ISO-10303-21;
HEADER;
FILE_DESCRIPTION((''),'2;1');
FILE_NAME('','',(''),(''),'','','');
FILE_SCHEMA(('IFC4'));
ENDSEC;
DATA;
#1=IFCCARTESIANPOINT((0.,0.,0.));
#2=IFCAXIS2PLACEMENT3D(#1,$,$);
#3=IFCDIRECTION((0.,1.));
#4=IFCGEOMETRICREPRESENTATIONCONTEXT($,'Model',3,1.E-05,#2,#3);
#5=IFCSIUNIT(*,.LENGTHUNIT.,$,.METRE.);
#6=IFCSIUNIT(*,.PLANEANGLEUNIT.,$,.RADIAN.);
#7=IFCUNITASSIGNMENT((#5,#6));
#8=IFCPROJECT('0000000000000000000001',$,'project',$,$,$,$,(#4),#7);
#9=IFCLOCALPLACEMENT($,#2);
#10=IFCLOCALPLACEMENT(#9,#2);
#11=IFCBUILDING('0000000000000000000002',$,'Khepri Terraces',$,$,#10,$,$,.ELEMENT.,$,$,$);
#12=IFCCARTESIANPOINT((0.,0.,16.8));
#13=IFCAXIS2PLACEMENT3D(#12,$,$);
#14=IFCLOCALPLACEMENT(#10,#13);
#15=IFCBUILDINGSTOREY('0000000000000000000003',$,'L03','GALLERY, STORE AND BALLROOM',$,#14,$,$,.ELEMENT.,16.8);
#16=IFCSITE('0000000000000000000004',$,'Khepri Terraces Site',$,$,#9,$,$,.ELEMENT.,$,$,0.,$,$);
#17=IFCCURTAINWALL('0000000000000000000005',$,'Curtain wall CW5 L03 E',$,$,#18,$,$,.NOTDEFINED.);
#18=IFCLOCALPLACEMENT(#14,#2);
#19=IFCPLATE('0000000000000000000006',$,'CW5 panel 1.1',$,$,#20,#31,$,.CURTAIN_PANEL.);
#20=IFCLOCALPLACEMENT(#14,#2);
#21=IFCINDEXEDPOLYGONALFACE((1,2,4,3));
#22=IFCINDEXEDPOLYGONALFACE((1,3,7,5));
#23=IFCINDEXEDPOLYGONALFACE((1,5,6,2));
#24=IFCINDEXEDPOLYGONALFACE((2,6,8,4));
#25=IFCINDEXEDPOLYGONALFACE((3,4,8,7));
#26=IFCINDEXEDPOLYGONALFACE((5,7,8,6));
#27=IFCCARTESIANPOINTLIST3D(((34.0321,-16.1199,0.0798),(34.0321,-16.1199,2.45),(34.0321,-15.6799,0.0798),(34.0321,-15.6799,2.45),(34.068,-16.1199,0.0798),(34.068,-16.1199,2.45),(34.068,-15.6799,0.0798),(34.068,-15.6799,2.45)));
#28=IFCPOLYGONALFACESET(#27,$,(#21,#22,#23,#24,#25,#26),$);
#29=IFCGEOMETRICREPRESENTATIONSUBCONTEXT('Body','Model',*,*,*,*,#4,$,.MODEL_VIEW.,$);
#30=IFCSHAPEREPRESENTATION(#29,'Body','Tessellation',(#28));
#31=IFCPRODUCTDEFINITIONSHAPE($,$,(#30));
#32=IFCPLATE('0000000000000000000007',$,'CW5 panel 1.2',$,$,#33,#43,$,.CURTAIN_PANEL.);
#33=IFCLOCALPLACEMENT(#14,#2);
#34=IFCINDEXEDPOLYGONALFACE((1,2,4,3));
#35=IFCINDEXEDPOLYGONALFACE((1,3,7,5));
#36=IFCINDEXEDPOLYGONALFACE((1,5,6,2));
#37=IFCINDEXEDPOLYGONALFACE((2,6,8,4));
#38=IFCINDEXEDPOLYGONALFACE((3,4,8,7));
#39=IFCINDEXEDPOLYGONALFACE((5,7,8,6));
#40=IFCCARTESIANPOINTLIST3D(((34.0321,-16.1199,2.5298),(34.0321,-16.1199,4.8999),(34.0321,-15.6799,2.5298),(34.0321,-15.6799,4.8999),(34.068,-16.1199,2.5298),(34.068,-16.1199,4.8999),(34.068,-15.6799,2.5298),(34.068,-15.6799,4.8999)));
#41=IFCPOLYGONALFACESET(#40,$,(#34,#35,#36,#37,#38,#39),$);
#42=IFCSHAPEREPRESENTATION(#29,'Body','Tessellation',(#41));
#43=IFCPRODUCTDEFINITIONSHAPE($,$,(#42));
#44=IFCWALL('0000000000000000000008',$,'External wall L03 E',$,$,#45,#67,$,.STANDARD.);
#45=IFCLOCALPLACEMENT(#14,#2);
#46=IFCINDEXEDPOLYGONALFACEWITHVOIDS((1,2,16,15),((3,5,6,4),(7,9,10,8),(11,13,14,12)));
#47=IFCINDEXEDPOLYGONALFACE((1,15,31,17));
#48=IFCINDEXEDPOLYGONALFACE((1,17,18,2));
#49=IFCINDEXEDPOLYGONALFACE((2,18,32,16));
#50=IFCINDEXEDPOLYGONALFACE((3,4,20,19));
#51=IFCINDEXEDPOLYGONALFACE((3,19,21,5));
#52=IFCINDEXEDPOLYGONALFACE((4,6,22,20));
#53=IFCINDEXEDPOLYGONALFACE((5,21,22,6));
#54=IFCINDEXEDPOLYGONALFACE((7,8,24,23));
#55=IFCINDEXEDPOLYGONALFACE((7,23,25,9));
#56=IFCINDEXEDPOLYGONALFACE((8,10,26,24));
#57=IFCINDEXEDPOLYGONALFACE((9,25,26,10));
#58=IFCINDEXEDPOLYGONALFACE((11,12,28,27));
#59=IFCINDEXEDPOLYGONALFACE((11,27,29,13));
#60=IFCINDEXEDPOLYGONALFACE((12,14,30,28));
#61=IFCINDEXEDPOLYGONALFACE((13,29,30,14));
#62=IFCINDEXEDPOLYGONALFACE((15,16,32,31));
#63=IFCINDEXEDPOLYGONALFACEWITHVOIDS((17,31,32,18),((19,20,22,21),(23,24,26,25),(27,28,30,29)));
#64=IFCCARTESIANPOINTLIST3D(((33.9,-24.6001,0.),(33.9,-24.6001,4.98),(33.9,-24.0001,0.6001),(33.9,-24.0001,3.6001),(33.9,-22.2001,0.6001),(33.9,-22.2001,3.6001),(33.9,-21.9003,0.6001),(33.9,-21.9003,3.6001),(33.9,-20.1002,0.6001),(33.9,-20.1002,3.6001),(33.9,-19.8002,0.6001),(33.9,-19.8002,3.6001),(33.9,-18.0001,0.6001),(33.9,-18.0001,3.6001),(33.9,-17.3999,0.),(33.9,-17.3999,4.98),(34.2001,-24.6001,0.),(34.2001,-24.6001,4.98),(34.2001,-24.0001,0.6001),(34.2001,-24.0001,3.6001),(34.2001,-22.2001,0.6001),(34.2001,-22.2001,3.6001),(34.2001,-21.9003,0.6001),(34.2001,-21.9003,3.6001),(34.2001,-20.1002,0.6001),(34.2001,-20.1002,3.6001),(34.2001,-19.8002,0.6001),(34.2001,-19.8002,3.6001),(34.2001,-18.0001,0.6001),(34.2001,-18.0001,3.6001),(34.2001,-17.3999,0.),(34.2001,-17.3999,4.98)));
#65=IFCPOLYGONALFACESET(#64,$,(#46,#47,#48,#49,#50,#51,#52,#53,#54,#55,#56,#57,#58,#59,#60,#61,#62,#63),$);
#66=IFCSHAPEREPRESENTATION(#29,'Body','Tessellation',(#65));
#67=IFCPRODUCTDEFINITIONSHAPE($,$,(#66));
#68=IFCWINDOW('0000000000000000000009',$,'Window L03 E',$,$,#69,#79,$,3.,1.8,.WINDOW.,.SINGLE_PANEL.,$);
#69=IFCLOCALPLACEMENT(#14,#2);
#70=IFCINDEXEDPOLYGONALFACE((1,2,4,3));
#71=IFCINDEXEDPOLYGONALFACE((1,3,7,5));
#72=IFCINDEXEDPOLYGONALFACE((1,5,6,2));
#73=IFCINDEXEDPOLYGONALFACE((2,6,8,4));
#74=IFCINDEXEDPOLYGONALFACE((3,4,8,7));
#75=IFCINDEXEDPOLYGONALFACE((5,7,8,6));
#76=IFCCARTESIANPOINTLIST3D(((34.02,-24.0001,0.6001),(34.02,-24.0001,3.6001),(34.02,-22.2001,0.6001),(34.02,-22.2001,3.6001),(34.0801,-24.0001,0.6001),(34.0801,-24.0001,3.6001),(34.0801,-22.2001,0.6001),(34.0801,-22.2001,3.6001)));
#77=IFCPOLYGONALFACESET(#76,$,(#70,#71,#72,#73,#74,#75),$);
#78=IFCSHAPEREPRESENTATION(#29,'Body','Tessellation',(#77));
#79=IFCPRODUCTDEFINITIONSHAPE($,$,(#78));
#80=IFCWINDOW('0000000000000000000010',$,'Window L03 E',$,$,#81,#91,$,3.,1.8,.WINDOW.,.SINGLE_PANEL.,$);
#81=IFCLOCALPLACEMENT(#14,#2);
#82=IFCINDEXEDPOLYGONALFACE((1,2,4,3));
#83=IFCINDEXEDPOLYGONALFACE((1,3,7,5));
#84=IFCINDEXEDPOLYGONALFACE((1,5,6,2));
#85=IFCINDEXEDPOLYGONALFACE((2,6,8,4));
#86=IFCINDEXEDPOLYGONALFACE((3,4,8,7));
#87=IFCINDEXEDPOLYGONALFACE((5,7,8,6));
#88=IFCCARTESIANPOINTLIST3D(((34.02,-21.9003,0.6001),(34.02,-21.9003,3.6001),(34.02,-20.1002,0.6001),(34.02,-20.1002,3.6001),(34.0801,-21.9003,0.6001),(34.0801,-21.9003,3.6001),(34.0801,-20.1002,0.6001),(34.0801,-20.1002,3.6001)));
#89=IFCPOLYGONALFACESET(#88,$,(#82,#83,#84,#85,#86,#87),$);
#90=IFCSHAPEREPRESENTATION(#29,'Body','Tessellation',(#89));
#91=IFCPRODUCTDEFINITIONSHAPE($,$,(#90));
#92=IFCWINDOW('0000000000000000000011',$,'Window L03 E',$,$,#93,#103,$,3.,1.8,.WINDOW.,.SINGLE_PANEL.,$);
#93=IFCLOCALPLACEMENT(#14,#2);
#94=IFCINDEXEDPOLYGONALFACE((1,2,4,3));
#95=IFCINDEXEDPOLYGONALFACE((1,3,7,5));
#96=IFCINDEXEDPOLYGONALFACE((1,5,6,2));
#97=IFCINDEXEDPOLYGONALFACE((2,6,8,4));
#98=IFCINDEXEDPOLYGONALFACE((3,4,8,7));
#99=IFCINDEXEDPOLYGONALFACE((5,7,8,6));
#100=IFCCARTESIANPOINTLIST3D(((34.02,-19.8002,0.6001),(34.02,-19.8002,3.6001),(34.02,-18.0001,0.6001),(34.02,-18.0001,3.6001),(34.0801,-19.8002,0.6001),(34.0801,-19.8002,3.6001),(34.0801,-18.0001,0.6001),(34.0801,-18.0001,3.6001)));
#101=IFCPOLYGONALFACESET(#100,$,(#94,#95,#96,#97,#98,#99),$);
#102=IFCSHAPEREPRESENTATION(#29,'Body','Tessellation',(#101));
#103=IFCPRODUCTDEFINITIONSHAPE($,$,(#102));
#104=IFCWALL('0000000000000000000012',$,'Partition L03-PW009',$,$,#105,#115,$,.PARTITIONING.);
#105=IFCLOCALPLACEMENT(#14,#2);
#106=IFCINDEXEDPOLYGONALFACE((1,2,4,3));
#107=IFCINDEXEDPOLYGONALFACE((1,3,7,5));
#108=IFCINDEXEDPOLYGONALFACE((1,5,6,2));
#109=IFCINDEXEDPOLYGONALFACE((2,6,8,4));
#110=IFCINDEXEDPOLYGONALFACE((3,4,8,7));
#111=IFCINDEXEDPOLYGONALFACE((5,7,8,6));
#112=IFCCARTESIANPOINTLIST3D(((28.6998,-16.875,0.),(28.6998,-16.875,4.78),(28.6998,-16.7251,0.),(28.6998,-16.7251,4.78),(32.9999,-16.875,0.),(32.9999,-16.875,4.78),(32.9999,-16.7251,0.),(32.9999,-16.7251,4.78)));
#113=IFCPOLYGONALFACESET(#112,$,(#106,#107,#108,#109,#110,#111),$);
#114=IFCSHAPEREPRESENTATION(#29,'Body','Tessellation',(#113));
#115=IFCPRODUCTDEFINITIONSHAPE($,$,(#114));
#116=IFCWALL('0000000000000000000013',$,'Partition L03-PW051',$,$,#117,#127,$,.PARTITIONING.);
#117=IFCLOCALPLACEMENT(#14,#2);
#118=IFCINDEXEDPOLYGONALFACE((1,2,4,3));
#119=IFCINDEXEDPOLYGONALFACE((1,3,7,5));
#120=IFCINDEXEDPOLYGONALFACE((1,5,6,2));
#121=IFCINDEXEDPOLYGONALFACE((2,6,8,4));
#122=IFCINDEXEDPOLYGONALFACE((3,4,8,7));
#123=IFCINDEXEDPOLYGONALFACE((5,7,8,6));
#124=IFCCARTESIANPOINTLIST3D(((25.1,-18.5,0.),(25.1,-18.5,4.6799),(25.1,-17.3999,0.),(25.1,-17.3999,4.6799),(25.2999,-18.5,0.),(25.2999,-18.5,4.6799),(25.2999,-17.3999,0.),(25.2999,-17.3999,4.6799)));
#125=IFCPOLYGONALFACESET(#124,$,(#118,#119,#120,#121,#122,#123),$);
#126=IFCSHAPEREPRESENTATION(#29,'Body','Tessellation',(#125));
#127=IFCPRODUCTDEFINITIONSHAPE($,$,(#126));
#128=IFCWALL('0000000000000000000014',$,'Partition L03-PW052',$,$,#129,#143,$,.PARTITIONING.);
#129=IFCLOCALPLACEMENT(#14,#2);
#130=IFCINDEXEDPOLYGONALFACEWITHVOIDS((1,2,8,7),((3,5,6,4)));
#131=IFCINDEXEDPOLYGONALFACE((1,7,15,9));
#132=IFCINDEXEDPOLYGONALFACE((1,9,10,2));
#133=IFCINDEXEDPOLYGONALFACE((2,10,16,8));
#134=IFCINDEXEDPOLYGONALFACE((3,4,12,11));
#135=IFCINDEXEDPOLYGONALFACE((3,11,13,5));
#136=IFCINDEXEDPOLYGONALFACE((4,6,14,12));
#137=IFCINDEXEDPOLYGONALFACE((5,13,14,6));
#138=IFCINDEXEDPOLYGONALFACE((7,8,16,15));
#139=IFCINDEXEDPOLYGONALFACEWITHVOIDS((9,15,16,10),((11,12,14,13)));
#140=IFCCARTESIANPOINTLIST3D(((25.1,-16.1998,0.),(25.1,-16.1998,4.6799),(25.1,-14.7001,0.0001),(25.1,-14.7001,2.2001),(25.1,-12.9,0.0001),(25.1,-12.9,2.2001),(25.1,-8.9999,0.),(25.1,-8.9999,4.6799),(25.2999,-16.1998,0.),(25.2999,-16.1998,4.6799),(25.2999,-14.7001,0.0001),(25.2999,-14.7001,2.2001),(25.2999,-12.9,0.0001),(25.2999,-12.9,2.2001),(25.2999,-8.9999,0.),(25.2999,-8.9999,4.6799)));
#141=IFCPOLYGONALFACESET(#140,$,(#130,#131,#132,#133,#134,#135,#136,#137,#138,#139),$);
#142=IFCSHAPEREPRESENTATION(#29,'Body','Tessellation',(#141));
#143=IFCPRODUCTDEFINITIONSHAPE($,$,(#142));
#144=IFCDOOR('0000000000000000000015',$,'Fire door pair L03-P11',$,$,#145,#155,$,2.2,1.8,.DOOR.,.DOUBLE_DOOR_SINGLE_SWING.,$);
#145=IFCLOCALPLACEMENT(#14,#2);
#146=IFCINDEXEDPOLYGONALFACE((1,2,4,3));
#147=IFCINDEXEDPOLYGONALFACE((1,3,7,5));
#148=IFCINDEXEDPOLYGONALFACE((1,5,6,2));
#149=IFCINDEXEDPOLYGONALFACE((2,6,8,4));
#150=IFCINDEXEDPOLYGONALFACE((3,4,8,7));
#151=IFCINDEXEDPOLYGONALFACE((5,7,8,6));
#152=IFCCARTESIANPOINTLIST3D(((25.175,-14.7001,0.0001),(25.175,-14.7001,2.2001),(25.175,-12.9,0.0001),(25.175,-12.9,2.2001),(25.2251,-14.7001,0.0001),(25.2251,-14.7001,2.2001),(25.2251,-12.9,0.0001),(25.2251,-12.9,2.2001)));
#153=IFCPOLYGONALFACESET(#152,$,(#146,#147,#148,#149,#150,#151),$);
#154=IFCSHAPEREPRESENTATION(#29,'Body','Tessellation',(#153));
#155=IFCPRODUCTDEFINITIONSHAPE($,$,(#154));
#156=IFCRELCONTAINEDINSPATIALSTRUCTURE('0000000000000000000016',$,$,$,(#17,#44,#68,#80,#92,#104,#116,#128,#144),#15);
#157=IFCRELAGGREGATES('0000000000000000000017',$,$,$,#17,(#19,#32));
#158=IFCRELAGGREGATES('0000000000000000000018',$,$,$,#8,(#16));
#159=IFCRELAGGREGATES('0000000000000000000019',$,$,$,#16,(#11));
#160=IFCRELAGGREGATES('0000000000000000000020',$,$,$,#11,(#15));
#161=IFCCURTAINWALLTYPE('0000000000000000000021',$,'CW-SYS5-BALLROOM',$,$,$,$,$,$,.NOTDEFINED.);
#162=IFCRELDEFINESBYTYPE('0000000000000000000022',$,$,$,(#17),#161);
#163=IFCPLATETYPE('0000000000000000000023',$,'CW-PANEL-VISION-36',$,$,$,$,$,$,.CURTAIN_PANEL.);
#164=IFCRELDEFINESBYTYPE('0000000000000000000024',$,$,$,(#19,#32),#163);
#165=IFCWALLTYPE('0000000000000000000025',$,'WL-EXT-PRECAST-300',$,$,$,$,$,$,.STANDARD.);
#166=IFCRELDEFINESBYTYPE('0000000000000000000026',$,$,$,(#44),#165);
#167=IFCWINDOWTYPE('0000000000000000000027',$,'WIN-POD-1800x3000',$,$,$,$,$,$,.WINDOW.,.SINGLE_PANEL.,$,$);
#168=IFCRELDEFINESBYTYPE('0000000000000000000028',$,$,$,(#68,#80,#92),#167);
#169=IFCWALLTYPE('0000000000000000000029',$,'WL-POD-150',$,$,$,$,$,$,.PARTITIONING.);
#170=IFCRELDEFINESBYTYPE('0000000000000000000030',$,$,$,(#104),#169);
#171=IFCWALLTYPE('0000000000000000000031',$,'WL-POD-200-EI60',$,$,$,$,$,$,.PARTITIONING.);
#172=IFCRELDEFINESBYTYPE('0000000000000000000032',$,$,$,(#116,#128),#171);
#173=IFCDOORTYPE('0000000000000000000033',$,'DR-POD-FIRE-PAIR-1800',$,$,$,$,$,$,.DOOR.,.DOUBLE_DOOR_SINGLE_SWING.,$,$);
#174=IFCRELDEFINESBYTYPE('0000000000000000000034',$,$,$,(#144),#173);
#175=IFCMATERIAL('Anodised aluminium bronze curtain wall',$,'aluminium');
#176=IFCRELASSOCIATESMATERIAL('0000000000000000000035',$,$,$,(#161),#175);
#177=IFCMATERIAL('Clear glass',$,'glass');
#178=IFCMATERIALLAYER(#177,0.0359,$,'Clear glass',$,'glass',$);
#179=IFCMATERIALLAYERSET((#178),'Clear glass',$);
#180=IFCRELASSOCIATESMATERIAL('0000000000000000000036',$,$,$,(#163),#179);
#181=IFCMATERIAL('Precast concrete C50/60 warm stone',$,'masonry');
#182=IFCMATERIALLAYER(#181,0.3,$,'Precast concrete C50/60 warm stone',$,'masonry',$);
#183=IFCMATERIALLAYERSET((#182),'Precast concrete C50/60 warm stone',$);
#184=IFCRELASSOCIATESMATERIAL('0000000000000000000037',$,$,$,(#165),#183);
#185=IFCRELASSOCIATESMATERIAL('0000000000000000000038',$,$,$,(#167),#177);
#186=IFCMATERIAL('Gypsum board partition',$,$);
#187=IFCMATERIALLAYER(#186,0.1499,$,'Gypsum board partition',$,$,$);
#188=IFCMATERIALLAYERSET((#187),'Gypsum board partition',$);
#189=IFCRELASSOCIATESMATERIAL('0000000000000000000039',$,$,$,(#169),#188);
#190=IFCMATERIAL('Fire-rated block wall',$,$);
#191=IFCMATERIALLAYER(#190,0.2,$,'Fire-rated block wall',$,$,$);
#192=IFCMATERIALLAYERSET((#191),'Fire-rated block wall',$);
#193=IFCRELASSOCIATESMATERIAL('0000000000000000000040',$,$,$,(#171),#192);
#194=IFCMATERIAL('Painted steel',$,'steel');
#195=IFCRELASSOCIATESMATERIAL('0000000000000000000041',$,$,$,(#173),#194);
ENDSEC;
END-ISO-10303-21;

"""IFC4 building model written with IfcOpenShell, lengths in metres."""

from ifc_helpers import new_model, si_unit, direction, frame, frame_2d, origin, origin_2d, place, context, subcontext, project, spatial, rectangle, extrude, material, layer, layer_set, type_object, element, fill, aggregate, save


model = new_model("IFC4")

# Units and contexts
model_context = context("Model", 3, precision=1e-05, world=origin(), true_north=direction((0.0, 1.0)))
body_context = subcontext(model_context, "Body", "Model", "MODEL_VIEW")
ifc_project = project(units=[si_unit("LENGTHUNIT", "METRE"), si_unit("PLANEANGLEUNIT", "RADIAN")], contexts=[model_context])

# Site, building, storey
site_placement = place(None, origin())
site = spatial("IfcSite", under=ifc_project, at=site_placement, Name="Khepri Terraces Site", CompositionType="ELEMENT", RefElevation=0.0)
building_placement = place(site_placement, origin())
building = spatial("IfcBuilding", under=site, at=building_placement, Name="Khepri Terraces", CompositionType="ELEMENT")
storey_placement = place(building_placement, frame((0.0, 0.0, 16.8)))
storey = spatial("IfcBuildingStorey", under=building, at=storey_placement, Name="L03", Description="GALLERY, STORE AND BALLROOM", CompositionType="ELEMENT", Elevation=16.8)

# Curtain wall
ifc_material_1 = material(Name="Anodised aluminium bronze curtain wall", Category="aluminium")
curtain_wall_type = type_object("IfcCurtainWallType", Name="CW-SYS5-BALLROOM", PredefinedType="NOTDEFINED", material=ifc_material_1)
curtain_wall_placement = place(storey_placement, origin())
curtain_wall = element("IfcCurtainWall", 1, at=curtain_wall_placement, inside=storey, type_object=curtain_wall_type, Name="Curtain wall CW5 L03 E", PredefinedType="NOTDEFINED")

# Plates
ifc_material_2 = material(Name="Clear glass", Category="glass")
ifc_layer_1 = layer(ifc_material_2, 0.0359, Name="Clear glass", Category="glass")
ifc_layer_set_1 = layer_set([ifc_layer_1], Name="Clear glass")
plate_type = type_object("IfcPlateType", Name="CW-PANEL-VISION-36", PredefinedType="CURTAIN_PANEL", material=ifc_layer_set_1)
plate_1_placement = place(storey_placement, frame((34.05, -15.8999, 0.0798), z_axis=(0.0, 0.0, 1.0), x_axis=(0.0, 1.0, 0.0)))
plate_1 = element("IfcPlate", 2, at=plate_1_placement, type_object=plate_type, Name="CW5 panel 1.1", PredefinedType="CURTAIN_PANEL", context=body_context, shape_type="SweptSolid", body=[
    extrude(rectangle(XDim=0.4399, YDim=0.0359, at=origin_2d()), origin(), (0.0, 0.0, 1.0), 2.3701),
])
plate_2_placement = place(storey_placement, frame((34.05, -15.8999, 2.5298), z_axis=(0.0, 0.0, 1.0), x_axis=(0.0, 1.0, 0.0)))
plate_2 = element("IfcPlate", 3, at=plate_2_placement, type_object=plate_type, Name="CW5 panel 1.2", PredefinedType="CURTAIN_PANEL", context=body_context, shape_type="SweptSolid", body=[
    extrude(rectangle(XDim=0.4399, YDim=0.0359, at=origin_2d()), origin(), (0.0, 0.0, 1.0), 2.3701),
])
aggregate(curtain_wall, [plate_1, plate_2])

# Wall, openings, windows
ifc_material_3 = material(Name="Precast concrete C50/60 warm stone", Category="masonry")
ifc_layer_2 = layer(ifc_material_3, 0.3, Name="Precast concrete C50/60 warm stone", Category="masonry")
ifc_layer_set_2 = layer_set([ifc_layer_2], Name="Precast concrete C50/60 warm stone")
wall_type_1 = type_object("IfcWallType", Name="WL-EXT-PRECAST-300", PredefinedType="STANDARD", material=ifc_layer_set_2)
wall_1_placement = place(storey_placement, frame((34.05, -24.6001, 0.0), z_axis=(0.0, 0.0, 1.0), x_axis=(0.0, 1.0, 0.0)))
wall_1 = element("IfcWall", 4, at=wall_1_placement, inside=storey, type_object=wall_type_1, Name="External wall L03 E", PredefinedType="STANDARD", context=body_context, shape_type="SweptSolid", body=[
    extrude(rectangle(XDim=7.2002, YDim=0.3, at=frame_2d((3.6001, 0.0))), origin(), (0.0, 0.0, 1.0), 4.98),
])
opening_1_placement = place(wall_1_placement, frame((0.6001, 0.0, 0.6001)))
opening_1 = element("IfcOpeningElement", 5, at=opening_1_placement, cuts=wall_1, PredefinedType="OPENING", context=body_context, shape_type="SweptSolid", body=[
    extrude(rectangle(XDim=1.8, YDim=3.0, at=frame_2d((0.8999, 1.5))), frame((0.0, 0.1602, 0.0), z_axis=(0.0, -1.0, 0.0), x_axis=(1.0, 0.0, 0.0)), (0.0, 0.0, 1.0), 0.3201),
])
opening_2_placement = place(wall_1_placement, frame((2.7, 0.0, 0.6001)))
opening_2 = element("IfcOpeningElement", 6, at=opening_2_placement, cuts=wall_1, PredefinedType="OPENING", context=body_context, shape_type="SweptSolid", body=[
    extrude(rectangle(XDim=1.8, YDim=3.0, at=frame_2d((0.8999, 1.5))), frame((0.0, 0.1602, 0.0), z_axis=(0.0, -1.0, 0.0), x_axis=(1.0, 0.0, 0.0)), (0.0, 0.0, 1.0), 0.3201),
])
opening_3_placement = place(wall_1_placement, frame((4.8, 0.0, 0.6001)))
opening_3 = element("IfcOpeningElement", 7, at=opening_3_placement, cuts=wall_1, PredefinedType="OPENING", context=body_context, shape_type="SweptSolid", body=[
    extrude(rectangle(XDim=1.8, YDim=3.0, at=frame_2d((0.8999, 1.5))), frame((0.0, 0.1602, 0.0), z_axis=(0.0, -1.0, 0.0), x_axis=(1.0, 0.0, 0.0)), (0.0, 0.0, 1.0), 0.3201),
])
window_type = type_object("IfcWindowType", Name="WIN-POD-1800x3000", PartitioningType="SINGLE_PANEL", PredefinedType="WINDOW", material=ifc_material_2)
window_1_placement = place(opening_1_placement, origin())
window_1 = element("IfcWindow", 8, at=window_1_placement, inside=storey, type_object=window_type, Name="Window L03 E", OverallHeight=3.0, OverallWidth=1.8, PartitioningType="SINGLE_PANEL", PredefinedType="WINDOW", context=body_context, shape_type="SweptSolid", body=[
    extrude(rectangle(XDim=1.8, YDim=3.0, at=frame_2d((0.8999, 1.5))), frame((0.0, 0.03, 0.0), z_axis=(0.0, -1.0, 0.0), x_axis=(1.0, 0.0, 0.0)), (0.0, 0.0, 1.0), 0.0601),
])
fill(opening_1, window_1)
window_2_placement = place(opening_2_placement, origin())
window_2 = element("IfcWindow", 9, at=window_2_placement, inside=storey, type_object=window_type, Name="Window L03 E", OverallHeight=3.0, OverallWidth=1.8, PartitioningType="SINGLE_PANEL", PredefinedType="WINDOW", context=body_context, shape_type="SweptSolid", body=[
    extrude(rectangle(XDim=1.8, YDim=3.0, at=frame_2d((0.8999, 1.5))), frame((0.0, 0.03, 0.0), z_axis=(0.0, -1.0, 0.0), x_axis=(1.0, 0.0, 0.0)), (0.0, 0.0, 1.0), 0.0601),
])
fill(opening_2, window_2)
window_3_placement = place(opening_3_placement, origin())
window_3 = element("IfcWindow", 10, at=window_3_placement, inside=storey, type_object=window_type, Name="Window L03 E", OverallHeight=3.0, OverallWidth=1.8, PartitioningType="SINGLE_PANEL", PredefinedType="WINDOW", context=body_context, shape_type="SweptSolid", body=[
    extrude(rectangle(XDim=1.8, YDim=3.0, at=frame_2d((0.8999, 1.5))), frame((0.0, 0.03, 0.0), z_axis=(0.0, -1.0, 0.0), x_axis=(1.0, 0.0, 0.0)), (0.0, 0.0, 1.0), 0.0601),
])
fill(opening_3, window_3)

# Walls
ifc_material_4 = material(Name="Gypsum board partition")
ifc_layer_3 = layer(ifc_material_4, 0.1499, Name="Gypsum board partition")
ifc_layer_set_3 = layer_set([ifc_layer_3], Name="Gypsum board partition")
wall_type_2 = type_object("IfcWallType", Name="WL-POD-150", PredefinedType="PARTITIONING", material=ifc_layer_set_3)
wall_2_placement = place(storey_placement, frame((28.7, -16.8, 0.0), z_axis=(0.0, 0.0, 1.0), x_axis=(1.0, 0.0, 0.0)))
element("IfcWall", 11, at=wall_2_placement, inside=storey, type_object=wall_type_2, Name="Partition L03-PW009", PredefinedType="PARTITIONING", context=body_context, shape_type="SweptSolid", body=[
    extrude(rectangle(XDim=4.3, YDim=0.1499, at=frame_2d((2.1499, 0.0))), origin(), (0.0, 0.0, 1.0), 4.78),
])
ifc_material_5 = material(Name="Fire-rated block wall")
ifc_layer_4 = layer(ifc_material_5, 0.2, Name="Fire-rated block wall")
ifc_layer_set_4 = layer_set([ifc_layer_4], Name="Fire-rated block wall")
wall_type_3 = type_object("IfcWallType", Name="WL-POD-200-EI60", PredefinedType="PARTITIONING", material=ifc_layer_set_4)
wall_3_placement = place(storey_placement, frame((25.2, -18.5, 0.0), z_axis=(0.0, 0.0, 1.0), x_axis=(0.0, 1.0, 0.0)))
element("IfcWall", 12, at=wall_3_placement, inside=storey, type_object=wall_type_3, Name="Partition L03-PW051", PredefinedType="PARTITIONING", context=body_context, shape_type="SweptSolid", body=[
    extrude(rectangle(XDim=1.1001, YDim=0.2, at=frame_2d((0.55, 0.0))), origin(), (0.0, 0.0, 1.0), 4.6799),
])

# Wall, opening, door
wall_4_placement = place(storey_placement, frame((25.2, -16.2, 0.0), z_axis=(0.0, 0.0, 1.0), x_axis=(0.0, 1.0, 0.0)))
wall_4 = element("IfcWall", 13, at=wall_4_placement, inside=storey, type_object=wall_type_3, Name="Partition L03-PW052", PredefinedType="PARTITIONING", context=body_context, shape_type="SweptSolid", body=[
    extrude(rectangle(XDim=7.2, YDim=0.2, at=frame_2d((3.6001, 0.0))), origin(), (0.0, 0.0, 1.0), 4.6799),
])
opening_4_placement = place(wall_4_placement, frame((1.5, 0.0, 0.0)))
opening_4 = element("IfcOpeningElement", 14, at=opening_4_placement, cuts=wall_4, PredefinedType="OPENING", context=body_context, shape_type="SweptSolid", body=[
    extrude(rectangle(XDim=1.8, YDim=2.2, at=frame_2d((0.8999, 1.1001))), frame((0.0, 0.1099, 0.0), z_axis=(0.0, -1.0, 0.0), x_axis=(1.0, 0.0, 0.0)), (0.0, 0.0, 1.0), 0.22),
])
ifc_material_6 = material(Name="Painted steel", Category="steel")
door_type_1 = type_object("IfcDoorType", Name="DR-POD-FIRE-PAIR-1800", OperationType="DOUBLE_DOOR_SINGLE_SWING", PredefinedType="DOOR", material=ifc_material_6)
door_1_placement = place(opening_4_placement, origin())
door_1 = element("IfcDoor", 15, at=door_1_placement, inside=storey, type_object=door_type_1, Name="Fire door pair L03-P11", OperationType="DOUBLE_DOOR_SINGLE_SWING", OverallHeight=2.2, OverallWidth=1.8, PredefinedType="DOOR", context=body_context, shape_type="SweptSolid", body=[
    extrude(rectangle(XDim=1.8, YDim=2.2, at=frame_2d((0.8999, 1.1001))), frame((0.0, 0.0249, 0.0), z_axis=(0.0, -1.0, 0.0), x_axis=(1.0, 0.0, 0.0)), (0.0, 0.0, 1.0), 0.05),
])
fill(opening_4, door_1)

save(model, "model.ifc")
